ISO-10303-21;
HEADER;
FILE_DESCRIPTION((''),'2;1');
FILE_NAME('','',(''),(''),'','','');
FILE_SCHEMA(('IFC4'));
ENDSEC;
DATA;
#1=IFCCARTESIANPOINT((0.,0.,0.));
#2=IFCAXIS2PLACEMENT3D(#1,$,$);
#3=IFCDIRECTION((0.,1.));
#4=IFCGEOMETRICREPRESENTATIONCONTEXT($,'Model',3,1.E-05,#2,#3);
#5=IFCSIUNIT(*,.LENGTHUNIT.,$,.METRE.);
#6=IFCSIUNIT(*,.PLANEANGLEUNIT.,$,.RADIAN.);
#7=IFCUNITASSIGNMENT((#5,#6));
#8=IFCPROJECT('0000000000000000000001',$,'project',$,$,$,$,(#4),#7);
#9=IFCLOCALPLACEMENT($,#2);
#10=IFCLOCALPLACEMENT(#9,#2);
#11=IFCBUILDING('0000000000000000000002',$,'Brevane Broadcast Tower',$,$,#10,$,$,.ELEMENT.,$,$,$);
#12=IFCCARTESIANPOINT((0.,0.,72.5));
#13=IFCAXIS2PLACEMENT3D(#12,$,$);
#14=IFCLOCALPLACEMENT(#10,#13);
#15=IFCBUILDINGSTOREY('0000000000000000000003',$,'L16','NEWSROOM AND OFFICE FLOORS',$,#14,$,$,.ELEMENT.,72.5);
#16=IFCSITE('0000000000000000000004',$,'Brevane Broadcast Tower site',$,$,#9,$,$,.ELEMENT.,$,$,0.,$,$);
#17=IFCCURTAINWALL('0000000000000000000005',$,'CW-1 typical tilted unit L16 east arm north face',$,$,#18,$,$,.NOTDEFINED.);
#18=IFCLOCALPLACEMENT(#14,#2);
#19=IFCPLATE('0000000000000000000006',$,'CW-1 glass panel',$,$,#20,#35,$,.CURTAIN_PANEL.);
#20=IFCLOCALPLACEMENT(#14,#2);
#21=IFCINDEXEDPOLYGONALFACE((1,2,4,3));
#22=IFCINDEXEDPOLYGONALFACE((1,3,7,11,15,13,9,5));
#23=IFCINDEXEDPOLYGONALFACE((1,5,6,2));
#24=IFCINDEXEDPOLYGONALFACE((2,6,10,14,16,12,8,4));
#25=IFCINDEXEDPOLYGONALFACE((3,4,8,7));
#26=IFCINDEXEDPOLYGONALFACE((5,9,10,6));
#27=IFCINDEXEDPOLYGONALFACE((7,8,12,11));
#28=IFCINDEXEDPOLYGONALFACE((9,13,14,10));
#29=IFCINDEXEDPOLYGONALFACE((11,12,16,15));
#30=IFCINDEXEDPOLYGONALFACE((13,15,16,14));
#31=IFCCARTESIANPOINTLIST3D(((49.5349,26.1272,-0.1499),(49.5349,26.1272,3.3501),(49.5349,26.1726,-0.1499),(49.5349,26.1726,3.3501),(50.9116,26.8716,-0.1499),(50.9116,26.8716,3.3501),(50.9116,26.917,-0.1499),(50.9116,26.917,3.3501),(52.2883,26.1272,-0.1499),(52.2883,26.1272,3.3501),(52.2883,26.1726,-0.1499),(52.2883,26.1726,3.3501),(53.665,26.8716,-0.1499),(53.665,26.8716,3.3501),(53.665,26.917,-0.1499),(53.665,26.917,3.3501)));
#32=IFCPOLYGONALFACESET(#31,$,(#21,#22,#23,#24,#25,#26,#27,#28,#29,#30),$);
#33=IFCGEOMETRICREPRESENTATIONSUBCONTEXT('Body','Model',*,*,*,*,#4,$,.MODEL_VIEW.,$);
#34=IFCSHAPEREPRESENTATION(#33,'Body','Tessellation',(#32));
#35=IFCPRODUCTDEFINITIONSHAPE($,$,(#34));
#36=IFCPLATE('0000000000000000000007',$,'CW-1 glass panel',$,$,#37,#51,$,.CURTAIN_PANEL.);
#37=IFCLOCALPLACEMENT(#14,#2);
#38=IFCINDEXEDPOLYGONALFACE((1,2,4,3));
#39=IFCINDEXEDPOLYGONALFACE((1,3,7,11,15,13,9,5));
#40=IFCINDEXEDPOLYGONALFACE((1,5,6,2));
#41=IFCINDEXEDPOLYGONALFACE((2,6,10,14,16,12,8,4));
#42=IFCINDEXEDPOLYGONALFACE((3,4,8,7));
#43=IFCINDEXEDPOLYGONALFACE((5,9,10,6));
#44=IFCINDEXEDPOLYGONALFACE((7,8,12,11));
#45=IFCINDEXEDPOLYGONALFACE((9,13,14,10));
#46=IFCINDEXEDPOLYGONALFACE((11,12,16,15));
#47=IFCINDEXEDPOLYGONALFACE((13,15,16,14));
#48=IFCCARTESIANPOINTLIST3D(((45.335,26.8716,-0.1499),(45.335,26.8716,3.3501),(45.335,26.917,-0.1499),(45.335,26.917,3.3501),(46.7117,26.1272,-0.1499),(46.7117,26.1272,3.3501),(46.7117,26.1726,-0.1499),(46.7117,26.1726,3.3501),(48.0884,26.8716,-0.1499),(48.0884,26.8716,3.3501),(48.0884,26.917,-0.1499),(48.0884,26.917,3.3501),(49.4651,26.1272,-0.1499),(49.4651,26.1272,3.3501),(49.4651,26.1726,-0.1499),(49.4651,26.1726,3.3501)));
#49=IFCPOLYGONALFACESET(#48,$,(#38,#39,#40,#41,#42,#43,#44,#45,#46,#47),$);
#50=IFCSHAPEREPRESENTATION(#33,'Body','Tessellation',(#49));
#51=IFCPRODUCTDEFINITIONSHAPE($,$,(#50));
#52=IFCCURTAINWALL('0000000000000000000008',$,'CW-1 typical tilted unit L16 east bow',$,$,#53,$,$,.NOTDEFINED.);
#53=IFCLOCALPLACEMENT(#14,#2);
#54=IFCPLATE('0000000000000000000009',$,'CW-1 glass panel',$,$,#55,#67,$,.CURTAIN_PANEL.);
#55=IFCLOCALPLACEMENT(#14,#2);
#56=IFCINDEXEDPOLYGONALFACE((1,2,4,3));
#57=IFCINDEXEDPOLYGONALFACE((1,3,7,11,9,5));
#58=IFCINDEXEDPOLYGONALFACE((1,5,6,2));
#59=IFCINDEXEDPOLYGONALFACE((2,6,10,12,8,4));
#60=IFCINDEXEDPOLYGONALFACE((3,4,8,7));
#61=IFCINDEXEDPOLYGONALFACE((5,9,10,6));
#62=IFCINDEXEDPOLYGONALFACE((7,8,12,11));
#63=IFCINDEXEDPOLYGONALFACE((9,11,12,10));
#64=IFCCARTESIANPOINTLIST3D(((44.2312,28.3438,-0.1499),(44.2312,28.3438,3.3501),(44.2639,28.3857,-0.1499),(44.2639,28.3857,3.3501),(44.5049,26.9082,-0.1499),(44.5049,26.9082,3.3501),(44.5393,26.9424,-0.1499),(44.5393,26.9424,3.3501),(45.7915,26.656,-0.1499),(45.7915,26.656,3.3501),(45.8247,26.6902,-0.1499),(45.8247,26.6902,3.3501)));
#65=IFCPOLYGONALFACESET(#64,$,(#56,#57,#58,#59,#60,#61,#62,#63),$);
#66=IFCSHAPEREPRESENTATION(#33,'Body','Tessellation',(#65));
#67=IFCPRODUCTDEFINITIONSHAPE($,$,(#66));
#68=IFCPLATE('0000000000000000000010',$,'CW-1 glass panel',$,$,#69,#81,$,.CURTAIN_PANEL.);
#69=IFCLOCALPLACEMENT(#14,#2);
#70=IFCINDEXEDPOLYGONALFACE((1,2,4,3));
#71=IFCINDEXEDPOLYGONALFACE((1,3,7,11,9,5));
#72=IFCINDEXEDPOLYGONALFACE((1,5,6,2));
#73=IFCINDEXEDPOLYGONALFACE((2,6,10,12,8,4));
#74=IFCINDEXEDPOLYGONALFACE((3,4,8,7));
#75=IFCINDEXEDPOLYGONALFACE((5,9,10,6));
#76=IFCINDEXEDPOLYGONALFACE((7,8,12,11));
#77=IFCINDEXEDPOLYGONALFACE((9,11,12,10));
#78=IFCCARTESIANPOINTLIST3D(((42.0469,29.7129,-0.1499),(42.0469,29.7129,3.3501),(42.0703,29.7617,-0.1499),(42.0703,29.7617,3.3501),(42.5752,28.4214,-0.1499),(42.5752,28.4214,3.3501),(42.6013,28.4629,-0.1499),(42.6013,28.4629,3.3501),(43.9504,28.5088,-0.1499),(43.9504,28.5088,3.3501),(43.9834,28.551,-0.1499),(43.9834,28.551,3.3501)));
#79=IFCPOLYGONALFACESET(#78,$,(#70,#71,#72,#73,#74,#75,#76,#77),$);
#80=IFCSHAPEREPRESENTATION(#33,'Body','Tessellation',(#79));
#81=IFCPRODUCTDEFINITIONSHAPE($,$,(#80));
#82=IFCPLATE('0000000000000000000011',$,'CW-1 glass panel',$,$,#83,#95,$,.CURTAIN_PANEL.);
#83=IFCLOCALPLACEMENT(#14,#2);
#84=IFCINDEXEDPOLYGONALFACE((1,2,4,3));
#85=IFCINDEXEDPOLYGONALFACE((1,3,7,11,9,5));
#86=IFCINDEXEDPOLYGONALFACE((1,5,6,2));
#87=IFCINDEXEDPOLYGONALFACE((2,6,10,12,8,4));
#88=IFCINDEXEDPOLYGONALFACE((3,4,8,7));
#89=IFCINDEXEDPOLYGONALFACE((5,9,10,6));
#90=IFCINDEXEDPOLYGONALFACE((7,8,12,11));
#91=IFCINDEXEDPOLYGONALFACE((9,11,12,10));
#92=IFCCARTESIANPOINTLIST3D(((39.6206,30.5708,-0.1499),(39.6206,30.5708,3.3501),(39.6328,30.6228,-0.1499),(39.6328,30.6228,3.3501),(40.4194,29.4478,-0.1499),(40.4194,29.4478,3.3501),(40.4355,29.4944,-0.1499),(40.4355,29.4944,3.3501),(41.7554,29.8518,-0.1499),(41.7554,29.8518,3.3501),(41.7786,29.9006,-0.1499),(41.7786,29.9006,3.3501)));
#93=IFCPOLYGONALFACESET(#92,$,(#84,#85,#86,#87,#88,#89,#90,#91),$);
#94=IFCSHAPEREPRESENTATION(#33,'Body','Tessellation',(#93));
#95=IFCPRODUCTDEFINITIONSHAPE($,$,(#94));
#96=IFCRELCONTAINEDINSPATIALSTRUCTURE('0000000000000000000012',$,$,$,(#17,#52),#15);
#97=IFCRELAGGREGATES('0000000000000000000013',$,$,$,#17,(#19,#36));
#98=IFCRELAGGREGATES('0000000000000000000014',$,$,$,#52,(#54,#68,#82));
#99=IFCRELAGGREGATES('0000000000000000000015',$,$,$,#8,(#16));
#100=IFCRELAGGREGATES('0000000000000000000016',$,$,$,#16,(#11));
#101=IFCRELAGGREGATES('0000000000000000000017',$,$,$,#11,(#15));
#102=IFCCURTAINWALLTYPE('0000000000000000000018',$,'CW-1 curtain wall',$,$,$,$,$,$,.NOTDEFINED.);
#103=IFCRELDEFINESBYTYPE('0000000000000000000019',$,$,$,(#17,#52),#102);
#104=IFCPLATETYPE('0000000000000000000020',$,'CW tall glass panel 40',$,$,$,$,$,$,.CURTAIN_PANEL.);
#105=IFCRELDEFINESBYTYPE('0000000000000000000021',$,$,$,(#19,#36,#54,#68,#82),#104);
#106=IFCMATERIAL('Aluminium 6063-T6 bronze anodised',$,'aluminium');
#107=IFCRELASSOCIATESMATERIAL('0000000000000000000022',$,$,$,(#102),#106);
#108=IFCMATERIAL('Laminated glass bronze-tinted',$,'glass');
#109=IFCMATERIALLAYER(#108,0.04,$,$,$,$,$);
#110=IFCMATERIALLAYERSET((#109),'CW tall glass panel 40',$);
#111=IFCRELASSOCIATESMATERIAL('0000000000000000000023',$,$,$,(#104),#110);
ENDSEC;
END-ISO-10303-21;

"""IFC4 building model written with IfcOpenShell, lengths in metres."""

from ifc_helpers import new_model, si_unit, direction, frame, origin, place, context, subcontext, project, spatial, polyline, outline, extrude, material, layer, layer_set, type_object, element, aggregate, save


model = new_model("IFC4")

# Units and contexts
model_context = context("Model", 3, precision=1e-05, world=origin(), true_north=direction((0.0, 1.0)))
body_context = subcontext(model_context, "Body", "Model", "MODEL_VIEW")
ifc_project = project(units=[si_unit("LENGTHUNIT", "METRE"), si_unit("PLANEANGLEUNIT", "RADIAN")], contexts=[model_context])

# Site, building, storey
site_placement = place(None, origin())
site = spatial("IfcSite", under=ifc_project, at=site_placement, Name="Brevane Broadcast Tower site", CompositionType="ELEMENT", RefElevation=0.0)
building_placement = place(site_placement, origin())
building = spatial("IfcBuilding", under=site, at=building_placement, Name="Brevane Broadcast Tower", CompositionType="ELEMENT")
storey_placement = place(building_placement, frame((0.0, 0.0, 72.5)))
storey = spatial("IfcBuildingStorey", under=building, at=storey_placement, Name="L16", Description="NEWSROOM AND OFFICE FLOORS", CompositionType="ELEMENT", Elevation=72.5)

# Curtain walls, plates
ifc_material_1 = material(Name="Aluminium 6063-T6 bronze anodised", Category="aluminium")
curtain_wall_type = type_object("IfcCurtainWallType", Name="CW-1 curtain wall", PredefinedType="NOTDEFINED", material=ifc_material_1)
ifc_material_2 = material(Name="Laminated glass bronze-tinted", Category="glass")
ifc_layer = layer(ifc_material_2, 0.04)
ifc_layer_set = layer_set([ifc_layer], Name="CW tall glass panel 40")
plate_type = type_object("IfcPlateType", Name="CW tall glass panel 40", PredefinedType="CURTAIN_PANEL", material=ifc_layer_set)
curtain_wall_1_placement = place(storey_placement, origin())
curtain_wall_1 = element("IfcCurtainWall", 1, at=curtain_wall_1_placement, inside=storey, type_object=curtain_wall_type, Name="CW-1 typical tilted unit L16 east arm north face", PredefinedType="NOTDEFINED")
plate_1_placement = place(storey_placement, frame((0.0, 0.0, -0.1499)))
plate_1 = element("IfcPlate", 2, at=plate_1_placement, type_object=plate_type, Name="CW-1 glass panel", PredefinedType="CURTAIN_PANEL", context=body_context, shape_type="SweptSolid", body=[
    extrude(outline(polyline([(53.665, 26.8716), (53.665, 26.917), (52.2883, 26.1726), (50.9116, 26.917), (49.5349, 26.1726), (49.5349, 26.1272), (50.9116, 26.8716), (52.2883, 26.1272), (53.665, 26.8716)])), origin(), (0.0, 0.0, 1.0), 3.5),
])
plate_2_placement = place(storey_placement, frame((0.0, 0.0, -0.1499)))
plate_2 = element("IfcPlate", 3, at=plate_2_placement, type_object=plate_type, Name="CW-1 glass panel", PredefinedType="CURTAIN_PANEL", context=body_context, shape_type="SweptSolid", body=[
    extrude(outline(polyline([(49.4651, 26.1272), (49.4651, 26.1726), (48.0884, 26.917), (46.7117, 26.1726), (45.335, 26.917), (45.335, 26.8716), (46.7117, 26.1272), (48.0884, 26.8716), (49.4651, 26.1272)])), origin(), (0.0, 0.0, 1.0), 3.5),
])
aggregate(curtain_wall_1, [plate_1, plate_2])
curtain_wall_2_placement = place(storey_placement, origin())
curtain_wall_2 = element("IfcCurtainWall", 4, at=curtain_wall_2_placement, inside=storey, type_object=curtain_wall_type, Name="CW-1 typical tilted unit L16 east bow", PredefinedType="NOTDEFINED")
plate_3_placement = place(storey_placement, frame((0.0, 0.0, -0.1499)))
plate_3 = element("IfcPlate", 5, at=plate_3_placement, type_object=plate_type, Name="CW-1 glass panel", PredefinedType="CURTAIN_PANEL", context=body_context, shape_type="SweptSolid", body=[
    extrude(outline(polyline([(45.7915, 26.656), (45.8247, 26.6902), (44.5393, 26.9424), (44.2639, 28.3857), (44.2312, 28.3438), (44.5049, 26.9082), (45.7915, 26.656)])), origin(), (0.0, 0.0, 1.0), 3.5),
])
plate_4_placement = place(storey_placement, frame((0.0, 0.0, -0.1499)))
plate_4 = element("IfcPlate", 6, at=plate_4_placement, type_object=plate_type, Name="CW-1 glass panel", PredefinedType="CURTAIN_PANEL", context=body_context, shape_type="SweptSolid", body=[
    extrude(outline(polyline([(43.9504, 28.5088), (43.9834, 28.551), (42.6013, 28.4629), (42.0703, 29.7617), (42.0469, 29.7129), (42.5752, 28.4214), (43.9504, 28.5088)])), origin(), (0.0, 0.0, 1.0), 3.5),
])
plate_5_placement = place(storey_placement, frame((0.0, 0.0, -0.1499)))
plate_5 = element("IfcPlate", 7, at=plate_5_placement, type_object=plate_type, Name="CW-1 glass panel", PredefinedType="CURTAIN_PANEL", context=body_context, shape_type="SweptSolid", body=[
    extrude(outline(polyline([(41.7554, 29.8518), (41.7786, 29.9006), (40.4355, 29.4944), (39.6328, 30.6228), (39.6206, 30.5708), (40.4194, 29.4478), (41.7554, 29.8518)])), origin(), (0.0, 0.0, 1.0), 3.5),
])
aggregate(curtain_wall_2, [plate_3, plate_4, plate_5])

save(model, "model.ifc")
